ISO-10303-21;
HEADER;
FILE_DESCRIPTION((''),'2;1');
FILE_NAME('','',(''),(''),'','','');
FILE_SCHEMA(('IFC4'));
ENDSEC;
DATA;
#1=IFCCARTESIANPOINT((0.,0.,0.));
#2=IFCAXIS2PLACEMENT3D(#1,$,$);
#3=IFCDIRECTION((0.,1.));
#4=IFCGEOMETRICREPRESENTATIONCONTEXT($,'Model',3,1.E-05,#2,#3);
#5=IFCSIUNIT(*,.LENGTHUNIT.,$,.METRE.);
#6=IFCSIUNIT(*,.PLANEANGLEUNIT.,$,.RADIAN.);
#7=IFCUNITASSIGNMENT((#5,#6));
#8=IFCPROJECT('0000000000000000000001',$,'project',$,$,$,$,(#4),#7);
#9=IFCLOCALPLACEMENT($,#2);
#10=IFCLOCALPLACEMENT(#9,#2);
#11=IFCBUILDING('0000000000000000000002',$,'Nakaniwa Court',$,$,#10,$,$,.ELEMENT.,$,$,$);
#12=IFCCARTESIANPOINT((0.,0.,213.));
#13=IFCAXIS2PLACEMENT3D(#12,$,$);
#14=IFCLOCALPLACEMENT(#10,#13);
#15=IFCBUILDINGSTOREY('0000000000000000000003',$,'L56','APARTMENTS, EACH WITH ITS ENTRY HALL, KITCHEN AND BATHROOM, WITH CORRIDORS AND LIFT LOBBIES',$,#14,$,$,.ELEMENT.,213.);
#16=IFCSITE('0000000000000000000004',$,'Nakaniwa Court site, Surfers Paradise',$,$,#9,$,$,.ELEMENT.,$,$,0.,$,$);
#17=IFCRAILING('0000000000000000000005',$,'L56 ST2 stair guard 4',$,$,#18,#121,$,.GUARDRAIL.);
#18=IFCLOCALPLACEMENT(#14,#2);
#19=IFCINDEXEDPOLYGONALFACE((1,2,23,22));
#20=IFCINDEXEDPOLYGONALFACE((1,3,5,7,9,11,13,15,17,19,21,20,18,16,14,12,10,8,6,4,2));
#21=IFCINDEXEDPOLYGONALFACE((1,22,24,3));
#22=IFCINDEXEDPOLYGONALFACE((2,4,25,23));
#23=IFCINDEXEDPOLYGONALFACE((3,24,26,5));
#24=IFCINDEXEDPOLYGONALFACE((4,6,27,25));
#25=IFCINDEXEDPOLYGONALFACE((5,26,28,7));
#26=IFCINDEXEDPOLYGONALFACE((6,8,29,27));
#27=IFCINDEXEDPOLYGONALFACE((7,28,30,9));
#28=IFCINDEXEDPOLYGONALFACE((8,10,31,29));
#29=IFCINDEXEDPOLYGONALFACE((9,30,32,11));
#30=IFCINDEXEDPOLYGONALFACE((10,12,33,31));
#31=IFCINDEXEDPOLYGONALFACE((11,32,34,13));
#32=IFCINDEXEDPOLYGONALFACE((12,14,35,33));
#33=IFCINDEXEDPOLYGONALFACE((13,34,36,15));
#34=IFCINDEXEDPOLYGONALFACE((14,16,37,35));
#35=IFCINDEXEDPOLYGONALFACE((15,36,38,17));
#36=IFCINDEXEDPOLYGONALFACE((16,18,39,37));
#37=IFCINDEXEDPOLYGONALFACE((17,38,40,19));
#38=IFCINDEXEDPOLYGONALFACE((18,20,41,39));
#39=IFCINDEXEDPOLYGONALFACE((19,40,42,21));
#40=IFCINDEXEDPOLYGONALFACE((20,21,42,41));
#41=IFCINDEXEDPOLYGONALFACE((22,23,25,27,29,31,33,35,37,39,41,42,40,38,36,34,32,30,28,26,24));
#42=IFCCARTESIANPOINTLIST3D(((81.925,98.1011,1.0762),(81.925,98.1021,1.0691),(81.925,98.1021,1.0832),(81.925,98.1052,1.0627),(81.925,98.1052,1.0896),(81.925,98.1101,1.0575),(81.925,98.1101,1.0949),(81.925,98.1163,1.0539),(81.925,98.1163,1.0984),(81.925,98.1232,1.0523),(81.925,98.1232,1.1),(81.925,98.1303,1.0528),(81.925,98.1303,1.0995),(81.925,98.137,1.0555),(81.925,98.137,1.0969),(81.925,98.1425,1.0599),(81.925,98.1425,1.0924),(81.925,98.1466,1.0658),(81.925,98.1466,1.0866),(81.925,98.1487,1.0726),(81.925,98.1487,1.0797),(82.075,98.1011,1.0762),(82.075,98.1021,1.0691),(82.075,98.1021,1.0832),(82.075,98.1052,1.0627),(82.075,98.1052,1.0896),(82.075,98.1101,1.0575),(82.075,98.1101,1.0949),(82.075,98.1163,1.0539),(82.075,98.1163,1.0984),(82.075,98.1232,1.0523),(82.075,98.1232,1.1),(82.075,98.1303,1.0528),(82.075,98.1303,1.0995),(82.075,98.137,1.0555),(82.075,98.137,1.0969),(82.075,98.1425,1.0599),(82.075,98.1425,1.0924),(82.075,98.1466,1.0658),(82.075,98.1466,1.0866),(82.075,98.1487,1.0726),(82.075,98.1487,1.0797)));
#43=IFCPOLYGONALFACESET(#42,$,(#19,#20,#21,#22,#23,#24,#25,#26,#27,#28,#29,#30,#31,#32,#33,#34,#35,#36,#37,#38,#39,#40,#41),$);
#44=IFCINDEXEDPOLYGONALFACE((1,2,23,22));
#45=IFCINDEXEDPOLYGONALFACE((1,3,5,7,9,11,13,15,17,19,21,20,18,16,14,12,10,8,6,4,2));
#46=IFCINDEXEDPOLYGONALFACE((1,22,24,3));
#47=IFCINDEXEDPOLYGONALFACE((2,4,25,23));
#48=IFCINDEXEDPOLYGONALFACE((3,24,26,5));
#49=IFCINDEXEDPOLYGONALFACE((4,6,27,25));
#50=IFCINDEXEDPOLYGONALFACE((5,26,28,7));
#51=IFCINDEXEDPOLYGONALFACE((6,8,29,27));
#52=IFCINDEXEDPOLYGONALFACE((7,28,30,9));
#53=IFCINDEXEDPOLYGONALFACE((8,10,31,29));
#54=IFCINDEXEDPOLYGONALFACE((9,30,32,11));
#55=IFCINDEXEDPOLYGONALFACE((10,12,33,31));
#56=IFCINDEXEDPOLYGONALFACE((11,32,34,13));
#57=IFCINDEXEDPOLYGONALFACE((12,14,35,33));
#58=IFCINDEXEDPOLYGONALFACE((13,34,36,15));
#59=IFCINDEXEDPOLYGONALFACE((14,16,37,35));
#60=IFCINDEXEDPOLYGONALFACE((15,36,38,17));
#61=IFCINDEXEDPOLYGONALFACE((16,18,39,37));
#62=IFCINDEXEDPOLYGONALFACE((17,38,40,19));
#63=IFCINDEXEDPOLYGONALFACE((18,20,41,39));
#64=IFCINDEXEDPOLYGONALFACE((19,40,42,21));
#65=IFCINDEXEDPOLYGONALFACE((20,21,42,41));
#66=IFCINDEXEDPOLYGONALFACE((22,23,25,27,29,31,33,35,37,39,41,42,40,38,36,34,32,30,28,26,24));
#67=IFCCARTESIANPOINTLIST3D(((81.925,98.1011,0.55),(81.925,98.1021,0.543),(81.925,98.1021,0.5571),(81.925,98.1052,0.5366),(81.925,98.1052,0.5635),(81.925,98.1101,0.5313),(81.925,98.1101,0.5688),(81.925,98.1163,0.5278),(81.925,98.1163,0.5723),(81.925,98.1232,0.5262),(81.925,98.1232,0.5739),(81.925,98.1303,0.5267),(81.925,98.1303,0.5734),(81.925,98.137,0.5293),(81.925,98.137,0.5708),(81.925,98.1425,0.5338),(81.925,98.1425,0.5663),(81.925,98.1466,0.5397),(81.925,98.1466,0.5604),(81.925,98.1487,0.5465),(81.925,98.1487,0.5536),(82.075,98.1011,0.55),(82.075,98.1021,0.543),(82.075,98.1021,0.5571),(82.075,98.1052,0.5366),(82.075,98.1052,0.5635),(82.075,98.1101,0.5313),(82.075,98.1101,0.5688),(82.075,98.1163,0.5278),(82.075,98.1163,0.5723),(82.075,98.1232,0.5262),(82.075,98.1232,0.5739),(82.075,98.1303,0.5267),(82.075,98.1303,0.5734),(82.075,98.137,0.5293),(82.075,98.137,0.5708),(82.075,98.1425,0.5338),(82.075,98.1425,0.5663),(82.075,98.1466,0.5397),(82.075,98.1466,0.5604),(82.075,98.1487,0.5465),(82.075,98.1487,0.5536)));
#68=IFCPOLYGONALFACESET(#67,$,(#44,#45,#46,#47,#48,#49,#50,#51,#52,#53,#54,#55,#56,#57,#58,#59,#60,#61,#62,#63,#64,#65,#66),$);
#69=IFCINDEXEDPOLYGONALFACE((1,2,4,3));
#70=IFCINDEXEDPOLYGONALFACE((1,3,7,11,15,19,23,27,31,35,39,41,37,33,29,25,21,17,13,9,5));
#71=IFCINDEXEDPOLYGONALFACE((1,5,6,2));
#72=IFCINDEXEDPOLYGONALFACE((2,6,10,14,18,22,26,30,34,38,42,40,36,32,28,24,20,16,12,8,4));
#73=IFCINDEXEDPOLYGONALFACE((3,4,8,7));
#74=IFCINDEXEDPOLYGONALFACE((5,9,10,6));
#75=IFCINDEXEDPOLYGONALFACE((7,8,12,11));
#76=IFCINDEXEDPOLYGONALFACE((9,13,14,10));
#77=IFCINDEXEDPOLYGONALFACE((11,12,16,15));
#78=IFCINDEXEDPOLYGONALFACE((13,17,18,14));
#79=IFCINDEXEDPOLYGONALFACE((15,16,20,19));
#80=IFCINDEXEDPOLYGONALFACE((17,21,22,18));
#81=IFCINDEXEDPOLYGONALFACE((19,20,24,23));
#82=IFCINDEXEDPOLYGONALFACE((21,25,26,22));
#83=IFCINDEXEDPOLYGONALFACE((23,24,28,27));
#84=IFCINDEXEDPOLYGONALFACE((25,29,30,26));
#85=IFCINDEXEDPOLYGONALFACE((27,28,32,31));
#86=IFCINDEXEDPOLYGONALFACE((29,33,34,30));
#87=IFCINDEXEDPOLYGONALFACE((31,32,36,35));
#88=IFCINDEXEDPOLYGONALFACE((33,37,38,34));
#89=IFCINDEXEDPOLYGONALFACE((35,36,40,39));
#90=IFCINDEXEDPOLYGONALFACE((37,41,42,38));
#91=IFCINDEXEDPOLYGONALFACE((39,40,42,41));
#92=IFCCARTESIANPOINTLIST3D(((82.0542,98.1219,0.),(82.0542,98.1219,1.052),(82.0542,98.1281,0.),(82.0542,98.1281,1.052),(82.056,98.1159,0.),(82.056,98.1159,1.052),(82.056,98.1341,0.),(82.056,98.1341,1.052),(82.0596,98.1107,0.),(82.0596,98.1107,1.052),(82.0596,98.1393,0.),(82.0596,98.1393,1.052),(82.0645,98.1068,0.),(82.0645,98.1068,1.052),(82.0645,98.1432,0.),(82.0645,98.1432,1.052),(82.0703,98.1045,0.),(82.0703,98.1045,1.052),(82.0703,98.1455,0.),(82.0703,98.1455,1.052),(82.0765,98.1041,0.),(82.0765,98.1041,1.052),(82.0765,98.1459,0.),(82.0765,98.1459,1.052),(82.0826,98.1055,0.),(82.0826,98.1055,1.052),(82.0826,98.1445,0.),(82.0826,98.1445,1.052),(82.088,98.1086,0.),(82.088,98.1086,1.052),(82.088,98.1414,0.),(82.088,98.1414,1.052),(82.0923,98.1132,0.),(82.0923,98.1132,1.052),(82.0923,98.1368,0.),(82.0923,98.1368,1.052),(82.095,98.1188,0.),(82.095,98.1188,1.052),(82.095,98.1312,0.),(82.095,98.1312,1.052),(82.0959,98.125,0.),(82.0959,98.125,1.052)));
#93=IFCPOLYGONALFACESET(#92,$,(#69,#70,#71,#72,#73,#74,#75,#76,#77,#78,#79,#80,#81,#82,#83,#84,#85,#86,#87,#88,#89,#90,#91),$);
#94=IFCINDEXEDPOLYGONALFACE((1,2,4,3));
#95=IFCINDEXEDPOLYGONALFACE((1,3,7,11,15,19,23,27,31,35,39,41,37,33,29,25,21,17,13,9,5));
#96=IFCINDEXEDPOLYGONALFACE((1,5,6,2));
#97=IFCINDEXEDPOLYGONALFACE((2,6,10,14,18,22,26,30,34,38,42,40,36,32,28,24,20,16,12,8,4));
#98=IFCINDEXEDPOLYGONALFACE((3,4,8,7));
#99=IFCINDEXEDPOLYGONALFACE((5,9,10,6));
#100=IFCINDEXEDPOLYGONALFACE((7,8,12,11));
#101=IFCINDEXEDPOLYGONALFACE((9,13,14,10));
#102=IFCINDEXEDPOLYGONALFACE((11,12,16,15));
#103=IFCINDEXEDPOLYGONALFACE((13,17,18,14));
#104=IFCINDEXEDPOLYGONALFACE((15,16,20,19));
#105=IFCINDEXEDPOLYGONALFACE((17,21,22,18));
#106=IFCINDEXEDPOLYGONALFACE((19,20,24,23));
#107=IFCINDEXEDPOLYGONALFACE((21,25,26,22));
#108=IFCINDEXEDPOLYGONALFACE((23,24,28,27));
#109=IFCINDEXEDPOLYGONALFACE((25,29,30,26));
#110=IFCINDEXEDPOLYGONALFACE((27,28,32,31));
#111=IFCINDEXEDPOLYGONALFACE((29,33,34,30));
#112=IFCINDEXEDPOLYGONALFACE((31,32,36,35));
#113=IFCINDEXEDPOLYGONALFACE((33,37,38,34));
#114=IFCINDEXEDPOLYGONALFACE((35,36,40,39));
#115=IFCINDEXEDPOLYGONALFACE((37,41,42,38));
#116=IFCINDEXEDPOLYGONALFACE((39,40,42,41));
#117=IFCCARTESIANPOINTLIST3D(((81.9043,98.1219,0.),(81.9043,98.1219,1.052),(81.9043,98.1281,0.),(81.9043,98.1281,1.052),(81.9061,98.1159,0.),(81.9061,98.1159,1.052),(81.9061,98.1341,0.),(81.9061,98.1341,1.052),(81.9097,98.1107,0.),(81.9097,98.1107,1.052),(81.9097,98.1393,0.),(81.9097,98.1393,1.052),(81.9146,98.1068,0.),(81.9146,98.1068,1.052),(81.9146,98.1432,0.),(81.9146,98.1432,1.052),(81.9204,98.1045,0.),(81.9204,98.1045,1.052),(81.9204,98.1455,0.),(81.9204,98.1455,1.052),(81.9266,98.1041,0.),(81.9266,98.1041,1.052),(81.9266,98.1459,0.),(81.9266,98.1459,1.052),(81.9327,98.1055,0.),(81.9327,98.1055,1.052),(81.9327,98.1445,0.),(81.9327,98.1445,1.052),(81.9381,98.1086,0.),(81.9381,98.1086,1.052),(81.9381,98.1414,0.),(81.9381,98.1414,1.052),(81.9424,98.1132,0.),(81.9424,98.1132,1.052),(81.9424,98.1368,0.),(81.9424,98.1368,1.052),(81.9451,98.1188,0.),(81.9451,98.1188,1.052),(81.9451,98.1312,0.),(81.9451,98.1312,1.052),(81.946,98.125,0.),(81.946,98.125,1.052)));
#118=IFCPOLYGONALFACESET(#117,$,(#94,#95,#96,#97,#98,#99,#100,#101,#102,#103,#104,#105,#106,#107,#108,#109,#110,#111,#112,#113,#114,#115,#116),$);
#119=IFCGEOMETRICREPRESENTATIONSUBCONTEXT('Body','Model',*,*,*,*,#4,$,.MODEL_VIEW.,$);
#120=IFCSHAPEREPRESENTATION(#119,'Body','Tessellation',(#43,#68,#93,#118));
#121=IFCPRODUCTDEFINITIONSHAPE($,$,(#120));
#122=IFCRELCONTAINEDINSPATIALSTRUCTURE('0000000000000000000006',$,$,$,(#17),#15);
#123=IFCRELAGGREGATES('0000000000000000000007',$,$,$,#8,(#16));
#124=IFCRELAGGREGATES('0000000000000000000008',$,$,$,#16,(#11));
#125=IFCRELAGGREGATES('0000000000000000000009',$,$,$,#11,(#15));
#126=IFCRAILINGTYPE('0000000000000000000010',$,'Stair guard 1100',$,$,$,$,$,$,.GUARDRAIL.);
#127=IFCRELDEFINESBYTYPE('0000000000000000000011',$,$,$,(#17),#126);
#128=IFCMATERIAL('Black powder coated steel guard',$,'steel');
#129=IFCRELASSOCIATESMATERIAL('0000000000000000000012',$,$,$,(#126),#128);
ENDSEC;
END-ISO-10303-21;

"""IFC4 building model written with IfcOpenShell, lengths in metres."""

from ifc_helpers import new_model, si_unit, direction, frame, origin, origin_2d, place, context, subcontext, project, spatial, circle, extrude, material, type_object, element, save


model = new_model("IFC4")

# Units and contexts
model_context = context("Model", 3, precision=1e-05, world=origin(), true_north=direction((0.0, 1.0)))
body_context = subcontext(model_context, "Body", "Model", "MODEL_VIEW")
ifc_project = project(units=[si_unit("LENGTHUNIT", "METRE"), si_unit("PLANEANGLEUNIT", "RADIAN")], contexts=[model_context])

# Site, building, storey
site_placement = place(None, origin())
site = spatial("IfcSite", under=ifc_project, at=site_placement, Name="Nakaniwa Court site, Surfers Paradise", CompositionType="ELEMENT", RefElevation=0.0)
building_placement = place(site_placement, origin())
building = spatial("IfcBuilding", under=site, at=building_placement, Name="Nakaniwa Court", CompositionType="ELEMENT")
storey_placement = place(building_placement, frame((0.0, 0.0, 213.0)))
storey = spatial("IfcBuildingStorey", under=building, at=storey_placement, Name="L56", Description="APARTMENTS, EACH WITH ITS ENTRY HALL, KITCHEN AND BATHROOM, WITH CORRIDORS AND LIFT LOBBIES", CompositionType="ELEMENT", Elevation=213.0)

# Railing
ifc_material_1 = material(Name="Black powder coated steel guard", Category="steel")
railing_type_1 = type_object("IfcRailingType", Name="Stair guard 1100", PredefinedType="GUARDRAIL", material=ifc_material_1)
railing_1_placement = place(storey_placement, frame((82.075, 98.125, 0.0)))
element("IfcRailing", 1, at=railing_1_placement, inside=storey, type_object=railing_type_1, Name="L56 ST2 stair guard 4", PredefinedType="GUARDRAIL", context=body_context, shape_type="SweptSolid", body=[
    extrude(circle(Radius=0.0239, at=origin_2d()), frame((0.0, 0.0, 1.0762), z_axis=(-1.0, 0.0, 0.0), x_axis=(0.0, -1.0, 0.0)), (0.0, 0.0, 1.0), 0.1499),
    extrude(circle(Radius=0.0239, at=origin_2d()), frame((0.0, 0.0, 0.55), z_axis=(-1.0, 0.0, 0.0), x_axis=(0.0, -1.0, 0.0)), (0.0, 0.0, 1.0), 0.1499),
    extrude(circle(Radius=0.021, at=origin_2d()), origin(), (0.0, 0.0, 1.0), 1.052),
    extrude(circle(Radius=0.021, at=origin_2d()), frame((-0.1499, 0.0, 0.0)), (0.0, 0.0, 1.0), 1.052),
])

save(model, "model.ifc")
